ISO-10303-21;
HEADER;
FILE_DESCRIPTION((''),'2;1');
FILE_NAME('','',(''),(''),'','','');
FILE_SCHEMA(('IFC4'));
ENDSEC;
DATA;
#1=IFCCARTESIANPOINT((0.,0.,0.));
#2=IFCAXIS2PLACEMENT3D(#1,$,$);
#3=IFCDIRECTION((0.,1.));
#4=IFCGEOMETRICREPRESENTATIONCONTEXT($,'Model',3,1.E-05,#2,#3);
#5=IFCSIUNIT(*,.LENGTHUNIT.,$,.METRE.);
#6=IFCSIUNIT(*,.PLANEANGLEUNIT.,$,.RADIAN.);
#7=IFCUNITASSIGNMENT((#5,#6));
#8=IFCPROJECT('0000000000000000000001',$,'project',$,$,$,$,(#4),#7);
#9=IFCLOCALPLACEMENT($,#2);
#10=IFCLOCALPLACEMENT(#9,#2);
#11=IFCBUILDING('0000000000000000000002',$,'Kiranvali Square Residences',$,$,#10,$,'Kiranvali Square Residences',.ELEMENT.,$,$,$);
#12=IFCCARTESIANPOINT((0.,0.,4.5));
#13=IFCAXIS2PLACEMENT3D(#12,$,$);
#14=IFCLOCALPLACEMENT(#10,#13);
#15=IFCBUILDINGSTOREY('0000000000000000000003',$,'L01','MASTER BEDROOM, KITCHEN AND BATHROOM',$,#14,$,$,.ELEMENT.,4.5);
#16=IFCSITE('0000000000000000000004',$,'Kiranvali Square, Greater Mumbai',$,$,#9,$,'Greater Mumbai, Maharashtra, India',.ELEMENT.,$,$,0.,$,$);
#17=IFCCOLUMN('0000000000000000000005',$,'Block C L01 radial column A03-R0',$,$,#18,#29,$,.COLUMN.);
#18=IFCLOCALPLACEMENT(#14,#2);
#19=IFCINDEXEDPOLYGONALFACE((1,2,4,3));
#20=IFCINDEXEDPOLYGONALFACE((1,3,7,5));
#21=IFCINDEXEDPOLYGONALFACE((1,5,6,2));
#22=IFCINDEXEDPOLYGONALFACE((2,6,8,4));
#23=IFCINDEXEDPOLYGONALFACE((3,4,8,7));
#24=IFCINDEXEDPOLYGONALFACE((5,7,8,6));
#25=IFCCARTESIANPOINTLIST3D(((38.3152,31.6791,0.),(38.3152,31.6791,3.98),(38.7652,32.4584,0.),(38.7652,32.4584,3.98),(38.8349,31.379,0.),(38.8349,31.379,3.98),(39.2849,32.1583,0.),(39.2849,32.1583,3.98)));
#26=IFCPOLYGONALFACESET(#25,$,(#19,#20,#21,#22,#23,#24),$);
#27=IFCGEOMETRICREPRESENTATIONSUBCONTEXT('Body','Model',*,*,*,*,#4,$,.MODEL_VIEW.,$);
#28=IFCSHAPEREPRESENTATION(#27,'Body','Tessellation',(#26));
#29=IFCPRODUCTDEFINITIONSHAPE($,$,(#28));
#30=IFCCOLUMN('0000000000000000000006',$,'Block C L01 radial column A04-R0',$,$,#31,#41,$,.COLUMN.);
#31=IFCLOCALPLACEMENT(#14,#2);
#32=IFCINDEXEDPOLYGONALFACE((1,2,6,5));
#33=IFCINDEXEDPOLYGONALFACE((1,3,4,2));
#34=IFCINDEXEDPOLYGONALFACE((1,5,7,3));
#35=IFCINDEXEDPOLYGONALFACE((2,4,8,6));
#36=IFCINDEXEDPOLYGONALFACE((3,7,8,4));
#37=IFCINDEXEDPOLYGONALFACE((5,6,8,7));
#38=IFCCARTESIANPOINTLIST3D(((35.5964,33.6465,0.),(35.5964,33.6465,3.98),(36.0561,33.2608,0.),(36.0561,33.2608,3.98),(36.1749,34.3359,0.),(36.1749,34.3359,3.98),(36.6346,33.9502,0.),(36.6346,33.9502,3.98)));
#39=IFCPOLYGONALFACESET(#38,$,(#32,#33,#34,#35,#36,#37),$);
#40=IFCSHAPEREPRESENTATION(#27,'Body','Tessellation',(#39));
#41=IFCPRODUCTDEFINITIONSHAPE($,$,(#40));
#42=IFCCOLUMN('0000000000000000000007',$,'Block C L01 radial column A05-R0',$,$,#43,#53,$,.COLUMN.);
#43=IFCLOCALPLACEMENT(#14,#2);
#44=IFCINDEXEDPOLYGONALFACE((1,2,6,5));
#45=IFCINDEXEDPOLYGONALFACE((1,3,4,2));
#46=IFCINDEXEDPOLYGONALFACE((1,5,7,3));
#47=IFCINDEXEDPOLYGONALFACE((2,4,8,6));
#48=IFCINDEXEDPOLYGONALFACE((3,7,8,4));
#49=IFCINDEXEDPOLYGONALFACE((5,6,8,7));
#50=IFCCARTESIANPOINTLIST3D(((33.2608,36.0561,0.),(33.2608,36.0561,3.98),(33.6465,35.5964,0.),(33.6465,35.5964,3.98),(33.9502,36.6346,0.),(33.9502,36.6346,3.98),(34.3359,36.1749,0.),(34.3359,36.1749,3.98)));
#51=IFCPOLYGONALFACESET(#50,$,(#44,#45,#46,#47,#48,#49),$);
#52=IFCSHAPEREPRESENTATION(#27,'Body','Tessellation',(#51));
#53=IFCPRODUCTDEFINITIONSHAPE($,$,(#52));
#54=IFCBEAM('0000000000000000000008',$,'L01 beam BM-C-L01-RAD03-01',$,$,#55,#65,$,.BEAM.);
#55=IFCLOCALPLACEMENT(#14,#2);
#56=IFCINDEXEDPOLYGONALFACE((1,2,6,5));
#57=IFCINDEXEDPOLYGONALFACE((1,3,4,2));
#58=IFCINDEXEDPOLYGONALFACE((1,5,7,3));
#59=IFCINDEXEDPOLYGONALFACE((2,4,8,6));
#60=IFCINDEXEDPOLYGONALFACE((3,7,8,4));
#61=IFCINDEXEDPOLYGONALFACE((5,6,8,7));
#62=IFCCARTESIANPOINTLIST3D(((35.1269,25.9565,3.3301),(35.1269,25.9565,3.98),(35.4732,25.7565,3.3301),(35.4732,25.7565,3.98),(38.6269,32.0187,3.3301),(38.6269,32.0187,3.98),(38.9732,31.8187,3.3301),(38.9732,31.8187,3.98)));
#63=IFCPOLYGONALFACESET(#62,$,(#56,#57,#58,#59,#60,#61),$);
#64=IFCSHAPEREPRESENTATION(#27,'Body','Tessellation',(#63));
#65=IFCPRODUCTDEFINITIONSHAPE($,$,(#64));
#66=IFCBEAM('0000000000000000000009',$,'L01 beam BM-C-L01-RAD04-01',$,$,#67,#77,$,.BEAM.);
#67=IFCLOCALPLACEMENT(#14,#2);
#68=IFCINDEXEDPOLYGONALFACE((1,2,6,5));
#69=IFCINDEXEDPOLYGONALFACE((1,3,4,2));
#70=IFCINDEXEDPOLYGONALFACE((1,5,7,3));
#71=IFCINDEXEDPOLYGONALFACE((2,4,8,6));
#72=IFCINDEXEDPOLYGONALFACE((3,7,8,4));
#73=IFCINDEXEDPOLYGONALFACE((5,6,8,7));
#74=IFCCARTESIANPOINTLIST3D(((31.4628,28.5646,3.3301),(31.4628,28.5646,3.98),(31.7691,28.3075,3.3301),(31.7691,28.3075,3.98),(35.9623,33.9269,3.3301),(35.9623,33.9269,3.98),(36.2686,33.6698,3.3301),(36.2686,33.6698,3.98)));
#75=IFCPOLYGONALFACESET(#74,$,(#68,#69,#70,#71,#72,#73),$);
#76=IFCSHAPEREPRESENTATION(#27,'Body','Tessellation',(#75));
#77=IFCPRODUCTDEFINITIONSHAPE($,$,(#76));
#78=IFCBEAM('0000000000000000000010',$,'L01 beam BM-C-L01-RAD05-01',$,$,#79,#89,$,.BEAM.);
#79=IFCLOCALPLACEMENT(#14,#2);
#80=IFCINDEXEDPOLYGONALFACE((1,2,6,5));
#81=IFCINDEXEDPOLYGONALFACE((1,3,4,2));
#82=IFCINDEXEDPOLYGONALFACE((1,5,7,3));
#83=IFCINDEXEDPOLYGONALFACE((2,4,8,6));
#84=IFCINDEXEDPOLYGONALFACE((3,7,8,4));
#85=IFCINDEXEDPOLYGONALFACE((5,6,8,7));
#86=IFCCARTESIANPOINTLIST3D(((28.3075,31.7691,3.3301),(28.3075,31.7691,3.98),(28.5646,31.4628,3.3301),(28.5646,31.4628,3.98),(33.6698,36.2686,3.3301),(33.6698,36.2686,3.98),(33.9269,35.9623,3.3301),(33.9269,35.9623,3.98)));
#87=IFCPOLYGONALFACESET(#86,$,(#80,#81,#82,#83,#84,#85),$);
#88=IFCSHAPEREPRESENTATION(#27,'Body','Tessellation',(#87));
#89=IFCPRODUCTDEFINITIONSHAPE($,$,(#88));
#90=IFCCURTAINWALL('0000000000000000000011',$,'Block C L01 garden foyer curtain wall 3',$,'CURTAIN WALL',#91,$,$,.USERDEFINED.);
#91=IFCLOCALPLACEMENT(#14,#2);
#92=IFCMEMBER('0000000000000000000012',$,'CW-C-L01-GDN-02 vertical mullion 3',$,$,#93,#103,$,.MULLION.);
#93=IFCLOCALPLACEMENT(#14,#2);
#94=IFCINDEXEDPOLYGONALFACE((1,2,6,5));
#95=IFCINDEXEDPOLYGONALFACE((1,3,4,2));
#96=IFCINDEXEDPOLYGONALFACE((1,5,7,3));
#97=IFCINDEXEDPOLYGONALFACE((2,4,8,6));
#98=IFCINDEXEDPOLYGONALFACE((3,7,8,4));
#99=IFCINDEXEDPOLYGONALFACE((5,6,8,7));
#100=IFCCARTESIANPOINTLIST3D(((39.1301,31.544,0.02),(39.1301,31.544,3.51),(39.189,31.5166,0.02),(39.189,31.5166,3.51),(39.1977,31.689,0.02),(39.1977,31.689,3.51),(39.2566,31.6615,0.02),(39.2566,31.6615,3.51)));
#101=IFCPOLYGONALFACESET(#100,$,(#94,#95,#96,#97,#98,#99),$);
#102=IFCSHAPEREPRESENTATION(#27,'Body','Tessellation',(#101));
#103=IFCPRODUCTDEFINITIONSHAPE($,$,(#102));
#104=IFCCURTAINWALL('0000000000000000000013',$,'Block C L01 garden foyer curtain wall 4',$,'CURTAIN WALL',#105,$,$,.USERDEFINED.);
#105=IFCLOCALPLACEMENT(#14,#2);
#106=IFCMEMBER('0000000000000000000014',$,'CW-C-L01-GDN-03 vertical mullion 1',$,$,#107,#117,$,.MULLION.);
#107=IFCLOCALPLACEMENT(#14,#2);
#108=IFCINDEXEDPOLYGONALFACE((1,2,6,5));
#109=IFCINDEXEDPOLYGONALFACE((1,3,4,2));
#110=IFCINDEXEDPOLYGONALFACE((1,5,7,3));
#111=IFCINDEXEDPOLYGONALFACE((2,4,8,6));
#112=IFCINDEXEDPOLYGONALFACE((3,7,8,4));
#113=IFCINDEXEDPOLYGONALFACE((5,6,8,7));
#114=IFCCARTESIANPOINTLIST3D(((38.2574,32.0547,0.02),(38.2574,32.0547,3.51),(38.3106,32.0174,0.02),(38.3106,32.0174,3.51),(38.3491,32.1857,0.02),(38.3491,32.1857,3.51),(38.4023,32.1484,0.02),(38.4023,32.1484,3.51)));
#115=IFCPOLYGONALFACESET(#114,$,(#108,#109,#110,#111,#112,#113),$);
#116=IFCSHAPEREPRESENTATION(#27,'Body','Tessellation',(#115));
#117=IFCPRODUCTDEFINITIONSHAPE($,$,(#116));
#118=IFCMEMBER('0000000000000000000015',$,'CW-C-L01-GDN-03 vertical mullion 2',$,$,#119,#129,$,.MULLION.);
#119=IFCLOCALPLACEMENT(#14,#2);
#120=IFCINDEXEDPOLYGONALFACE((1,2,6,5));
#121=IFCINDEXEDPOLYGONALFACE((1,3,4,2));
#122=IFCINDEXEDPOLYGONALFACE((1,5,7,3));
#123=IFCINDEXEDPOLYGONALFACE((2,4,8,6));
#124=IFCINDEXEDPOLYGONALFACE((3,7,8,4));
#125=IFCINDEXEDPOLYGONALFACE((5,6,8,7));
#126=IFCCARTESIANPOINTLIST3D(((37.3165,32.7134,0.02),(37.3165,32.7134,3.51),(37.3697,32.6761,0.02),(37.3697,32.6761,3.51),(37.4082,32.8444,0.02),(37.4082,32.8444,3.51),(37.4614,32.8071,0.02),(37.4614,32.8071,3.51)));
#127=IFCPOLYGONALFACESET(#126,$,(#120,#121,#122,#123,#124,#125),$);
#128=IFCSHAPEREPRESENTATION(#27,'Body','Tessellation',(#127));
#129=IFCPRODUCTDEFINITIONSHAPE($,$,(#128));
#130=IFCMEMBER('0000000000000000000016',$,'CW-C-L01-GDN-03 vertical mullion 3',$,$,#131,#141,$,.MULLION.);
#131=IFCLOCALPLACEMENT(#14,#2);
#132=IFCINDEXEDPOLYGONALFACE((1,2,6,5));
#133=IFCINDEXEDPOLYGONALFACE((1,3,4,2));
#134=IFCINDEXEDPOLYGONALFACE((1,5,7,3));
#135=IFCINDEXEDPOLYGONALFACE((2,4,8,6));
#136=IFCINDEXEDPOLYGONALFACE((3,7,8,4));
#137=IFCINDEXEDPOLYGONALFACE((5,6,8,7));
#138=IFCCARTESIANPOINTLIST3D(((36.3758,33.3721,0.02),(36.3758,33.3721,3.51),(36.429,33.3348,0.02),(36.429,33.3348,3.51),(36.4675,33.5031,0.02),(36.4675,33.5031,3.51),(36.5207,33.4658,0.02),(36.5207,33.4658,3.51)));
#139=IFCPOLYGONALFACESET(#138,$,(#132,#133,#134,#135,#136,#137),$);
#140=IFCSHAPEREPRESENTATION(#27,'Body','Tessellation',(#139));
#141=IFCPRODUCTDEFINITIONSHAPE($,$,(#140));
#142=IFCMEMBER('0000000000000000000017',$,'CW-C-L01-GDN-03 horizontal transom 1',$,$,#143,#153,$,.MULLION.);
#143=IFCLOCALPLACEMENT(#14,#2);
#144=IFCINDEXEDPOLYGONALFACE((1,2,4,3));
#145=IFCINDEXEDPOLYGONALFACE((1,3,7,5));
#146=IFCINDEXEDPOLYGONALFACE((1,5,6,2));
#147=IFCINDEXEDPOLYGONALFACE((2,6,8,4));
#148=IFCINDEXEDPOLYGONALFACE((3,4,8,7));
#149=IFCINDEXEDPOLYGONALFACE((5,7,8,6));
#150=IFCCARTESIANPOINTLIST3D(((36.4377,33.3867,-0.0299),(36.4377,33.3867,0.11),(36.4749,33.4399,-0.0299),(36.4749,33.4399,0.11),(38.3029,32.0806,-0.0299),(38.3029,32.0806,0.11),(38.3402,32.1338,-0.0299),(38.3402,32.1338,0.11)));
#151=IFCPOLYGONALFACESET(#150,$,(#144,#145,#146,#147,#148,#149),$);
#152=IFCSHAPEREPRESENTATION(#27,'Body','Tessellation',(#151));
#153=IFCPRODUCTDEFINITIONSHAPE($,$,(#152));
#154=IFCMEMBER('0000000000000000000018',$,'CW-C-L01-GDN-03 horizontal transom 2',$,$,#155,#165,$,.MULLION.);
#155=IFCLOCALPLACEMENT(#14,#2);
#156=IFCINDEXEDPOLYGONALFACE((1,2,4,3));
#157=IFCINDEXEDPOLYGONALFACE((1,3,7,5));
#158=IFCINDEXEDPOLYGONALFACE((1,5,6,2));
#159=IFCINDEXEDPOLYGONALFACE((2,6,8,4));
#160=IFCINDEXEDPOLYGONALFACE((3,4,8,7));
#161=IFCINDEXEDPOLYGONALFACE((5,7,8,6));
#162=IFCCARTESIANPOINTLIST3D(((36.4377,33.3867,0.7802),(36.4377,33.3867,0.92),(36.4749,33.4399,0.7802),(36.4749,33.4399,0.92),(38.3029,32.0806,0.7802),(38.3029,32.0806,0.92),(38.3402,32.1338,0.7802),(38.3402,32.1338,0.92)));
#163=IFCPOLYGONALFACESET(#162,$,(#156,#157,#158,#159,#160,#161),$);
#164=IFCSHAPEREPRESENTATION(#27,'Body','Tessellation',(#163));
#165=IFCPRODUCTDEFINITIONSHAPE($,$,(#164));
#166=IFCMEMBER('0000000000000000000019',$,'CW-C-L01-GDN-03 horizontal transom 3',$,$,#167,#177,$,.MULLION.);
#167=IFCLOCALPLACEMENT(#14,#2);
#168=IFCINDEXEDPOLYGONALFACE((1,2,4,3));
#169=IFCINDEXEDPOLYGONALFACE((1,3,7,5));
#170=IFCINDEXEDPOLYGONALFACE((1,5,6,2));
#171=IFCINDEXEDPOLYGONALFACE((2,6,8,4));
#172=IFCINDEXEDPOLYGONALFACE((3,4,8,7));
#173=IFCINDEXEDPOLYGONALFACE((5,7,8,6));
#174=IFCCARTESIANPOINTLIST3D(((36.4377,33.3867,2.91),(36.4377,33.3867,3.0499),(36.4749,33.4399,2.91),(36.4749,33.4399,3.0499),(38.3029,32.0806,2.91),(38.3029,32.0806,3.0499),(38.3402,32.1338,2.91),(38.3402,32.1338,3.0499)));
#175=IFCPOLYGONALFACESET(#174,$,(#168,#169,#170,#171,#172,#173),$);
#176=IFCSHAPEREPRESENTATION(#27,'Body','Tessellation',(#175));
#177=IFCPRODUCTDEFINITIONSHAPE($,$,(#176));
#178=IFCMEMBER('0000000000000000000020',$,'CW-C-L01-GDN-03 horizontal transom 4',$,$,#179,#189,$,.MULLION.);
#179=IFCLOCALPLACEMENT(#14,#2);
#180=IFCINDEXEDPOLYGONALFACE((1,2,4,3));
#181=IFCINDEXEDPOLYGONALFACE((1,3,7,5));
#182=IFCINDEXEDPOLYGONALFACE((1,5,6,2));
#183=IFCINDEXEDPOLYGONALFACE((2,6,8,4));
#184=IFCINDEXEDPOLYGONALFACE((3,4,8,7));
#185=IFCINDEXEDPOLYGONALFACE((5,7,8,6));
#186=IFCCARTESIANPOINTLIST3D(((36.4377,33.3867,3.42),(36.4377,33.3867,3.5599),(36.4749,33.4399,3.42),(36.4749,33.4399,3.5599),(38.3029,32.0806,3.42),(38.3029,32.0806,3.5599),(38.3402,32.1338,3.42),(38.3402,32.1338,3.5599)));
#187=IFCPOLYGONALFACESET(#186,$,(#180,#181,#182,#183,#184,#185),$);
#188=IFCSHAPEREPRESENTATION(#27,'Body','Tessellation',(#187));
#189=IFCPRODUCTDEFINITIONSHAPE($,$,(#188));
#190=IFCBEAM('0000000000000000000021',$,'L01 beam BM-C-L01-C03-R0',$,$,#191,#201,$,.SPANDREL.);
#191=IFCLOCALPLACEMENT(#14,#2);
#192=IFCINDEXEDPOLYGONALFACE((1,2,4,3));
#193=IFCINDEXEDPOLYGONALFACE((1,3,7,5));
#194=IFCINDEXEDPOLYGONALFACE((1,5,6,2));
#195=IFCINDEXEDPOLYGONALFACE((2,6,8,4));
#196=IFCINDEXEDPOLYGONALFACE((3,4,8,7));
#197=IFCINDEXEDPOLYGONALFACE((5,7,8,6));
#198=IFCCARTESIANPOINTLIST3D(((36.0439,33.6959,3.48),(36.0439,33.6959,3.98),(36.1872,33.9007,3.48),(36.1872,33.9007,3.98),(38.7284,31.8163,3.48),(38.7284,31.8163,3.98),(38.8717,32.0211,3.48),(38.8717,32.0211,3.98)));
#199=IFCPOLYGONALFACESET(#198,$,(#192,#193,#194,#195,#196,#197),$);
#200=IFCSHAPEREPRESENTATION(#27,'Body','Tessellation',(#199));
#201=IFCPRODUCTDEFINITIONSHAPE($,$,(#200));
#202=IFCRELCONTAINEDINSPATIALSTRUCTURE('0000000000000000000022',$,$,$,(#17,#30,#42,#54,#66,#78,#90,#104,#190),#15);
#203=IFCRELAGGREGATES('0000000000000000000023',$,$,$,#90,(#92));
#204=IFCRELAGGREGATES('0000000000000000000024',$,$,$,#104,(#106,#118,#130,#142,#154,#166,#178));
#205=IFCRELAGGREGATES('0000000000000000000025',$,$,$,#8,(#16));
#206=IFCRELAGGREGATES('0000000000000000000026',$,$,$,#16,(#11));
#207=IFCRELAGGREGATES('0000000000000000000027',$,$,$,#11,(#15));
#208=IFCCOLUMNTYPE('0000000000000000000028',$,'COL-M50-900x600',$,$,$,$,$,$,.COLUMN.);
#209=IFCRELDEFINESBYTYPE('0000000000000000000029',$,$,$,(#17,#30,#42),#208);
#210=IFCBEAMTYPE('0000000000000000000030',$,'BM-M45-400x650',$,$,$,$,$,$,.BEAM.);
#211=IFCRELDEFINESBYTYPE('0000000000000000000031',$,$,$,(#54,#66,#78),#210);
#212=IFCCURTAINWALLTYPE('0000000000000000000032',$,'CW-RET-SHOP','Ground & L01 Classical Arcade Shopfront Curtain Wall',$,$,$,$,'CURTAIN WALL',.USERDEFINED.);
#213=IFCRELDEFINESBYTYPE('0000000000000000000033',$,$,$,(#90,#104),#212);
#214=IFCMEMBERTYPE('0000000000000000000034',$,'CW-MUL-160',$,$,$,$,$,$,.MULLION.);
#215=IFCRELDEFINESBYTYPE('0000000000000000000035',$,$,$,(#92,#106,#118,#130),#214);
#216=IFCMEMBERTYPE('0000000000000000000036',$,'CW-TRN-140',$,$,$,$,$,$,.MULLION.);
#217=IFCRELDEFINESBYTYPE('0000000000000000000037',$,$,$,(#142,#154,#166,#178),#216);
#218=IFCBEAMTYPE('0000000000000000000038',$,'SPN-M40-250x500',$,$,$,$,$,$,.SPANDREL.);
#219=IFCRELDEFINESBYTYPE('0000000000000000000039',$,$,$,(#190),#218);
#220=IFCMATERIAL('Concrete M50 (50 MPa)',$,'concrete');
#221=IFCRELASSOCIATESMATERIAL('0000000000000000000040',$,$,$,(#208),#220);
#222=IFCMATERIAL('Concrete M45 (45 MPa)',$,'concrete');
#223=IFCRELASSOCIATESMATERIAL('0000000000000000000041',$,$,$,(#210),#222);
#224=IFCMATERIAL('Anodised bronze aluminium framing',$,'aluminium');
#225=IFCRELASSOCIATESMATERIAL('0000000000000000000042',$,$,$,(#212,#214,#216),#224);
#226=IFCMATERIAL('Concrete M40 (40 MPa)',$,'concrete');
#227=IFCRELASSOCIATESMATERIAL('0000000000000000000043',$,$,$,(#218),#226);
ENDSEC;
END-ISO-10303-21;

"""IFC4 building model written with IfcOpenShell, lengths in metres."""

from ifc_helpers import new_model, si_unit, direction, frame, origin, origin_2d, place, context, subcontext, project, spatial, rectangle, extrude, material, material_profile, profile_set, type_object, element, aggregate, save


model = new_model("IFC4")

# Units and contexts
model_context = context("Model", 3, precision=1e-05, world=origin(), true_north=direction((0.0, 1.0)))
body_context = subcontext(model_context, "Body", "Model", "MODEL_VIEW")
ifc_project = project(units=[si_unit("LENGTHUNIT", "METRE"), si_unit("PLANEANGLEUNIT", "RADIAN")], contexts=[model_context])

# Site, building, storey
site_placement = place(None, origin())
site = spatial("IfcSite", under=ifc_project, at=site_placement, Name="Kiranvali Square, Greater Mumbai", LongName="Greater Mumbai, Maharashtra, India", CompositionType="ELEMENT", RefElevation=0.0)
building_placement = place(site_placement, origin())
building = spatial("IfcBuilding", under=site, at=building_placement, Name="Kiranvali Square Residences", LongName="Kiranvali Square Residences", CompositionType="ELEMENT")
storey_placement = place(building_placement, frame((0.0, 0.0, 4.5)))
storey = spatial("IfcBuildingStorey", under=building, at=storey_placement, Name="L01", Description="MASTER BEDROOM, KITCHEN AND BATHROOM", CompositionType="ELEMENT", Elevation=4.5)

# Columns
ifc_material_1 = material(Name="Concrete M50 (50 MPa)", Category="concrete")
ifc_material_profile_1 = material_profile(ifc_material_1, rectangle(XDim=0.6001, YDim=0.8999, at=origin_2d()), Name="RC 900x600")
ifc_profile_set_1 = profile_set([ifc_material_profile_1], Name="Concrete M50 (50 MPa)")
column_type = type_object("IfcColumnType", Name="COL-M50-900x600", PredefinedType="COLUMN", material=ifc_profile_set_1)
for number, where, z_axis, x_axis, name in (
    (1, (38.8, 31.9187, 0.0), (0.0, 0.0, 1.0), (-0.866025, 0.5, 0.0), "Block C L01 radial column A03-R0"),
    (2, (36.1155, 33.7983, 0.0), (0.0, 0.0, 1.0), (-0.766044, 0.642788, 0.0), "Block C L01 radial column A04-R0"),
    (3, (33.7983, 36.1155, 0.0), (0.0, 0.0, 1.0), (-0.642788, 0.766044, 0.0), "Block C L01 radial column A05-R0"),
):
    element("IfcColumn", number, at=place(storey_placement, frame(where, z_axis=z_axis, x_axis=x_axis)), inside=storey, type_object=column_type, Name=name, PredefinedType="COLUMN", context=body_context, shape_type="SweptSolid", body=[
        extrude(rectangle(XDim=0.6001, YDim=0.8999, at=origin_2d()), origin(), (0.0, 0.0, 1.0), 3.98),
    ])

# Beams
ifc_material_2 = material(Name="Concrete M45 (45 MPa)", Category="concrete")
ifc_material_profile_2 = material_profile(ifc_material_2, rectangle(XDim=0.3999, YDim=0.6499, at=origin_2d()), Name="RC 400x650")
ifc_profile_set_2 = profile_set([ifc_material_profile_2], Name="Concrete M45 (45 MPa)")
beam_type_1 = type_object("IfcBeamType", Name="BM-M45-400x650", PredefinedType="BEAM", material=ifc_profile_set_2)
for number, where, z_axis, x_axis, name in (
    (4, (38.8, 31.9187, 3.655), (-0.499995, -0.866028, 0.0), (0.866028, -0.499995, 0.0), "L01 beam BM-C-L01-RAD03-01"),
    (5, (36.1155, 33.7983, 3.655), (-0.642788, -0.766044, 0.0), (0.766044, -0.642788, 0.0), "L01 beam BM-C-L01-RAD04-01"),
    (6, (33.7983, 36.1155, 3.655), (-0.766044, -0.642788, 0.0), (0.642788, -0.766044, 0.0), "L01 beam BM-C-L01-RAD05-01"),
):
    element("IfcBeam", number, at=place(storey_placement, frame(where, z_axis=z_axis, x_axis=x_axis)), inside=storey, type_object=beam_type_1, Name=name, PredefinedType="BEAM", context=body_context, shape_type="SweptSolid", body=[
        extrude(rectangle(XDim=0.3999, YDim=0.6499, at=origin_2d()), origin(), (0.0, 0.0, 1.0), 7.0),
    ])

# Curtain wall, member
ifc_material_3 = material(Name="Anodised bronze aluminium framing", Category="aluminium")
curtain_wall_type = type_object("IfcCurtainWallType", Name="CW-RET-SHOP", Description="Ground & L01 Classical Arcade Shopfront Curtain Wall", ElementType="CURTAIN WALL", PredefinedType="USERDEFINED", material=ifc_material_3)
curtain_wall_1_placement = place(storey_placement, origin())
curtain_wall_1 = element("IfcCurtainWall", 7, at=curtain_wall_1_placement, inside=storey, type_object=curtain_wall_type, Name="Block C L01 garden foyer curtain wall 3", ObjectType="CURTAIN WALL", PredefinedType="USERDEFINED")
ifc_material_profile_3 = material_profile(ifc_material_3, rectangle(XDim=0.0649, YDim=0.1599, at=origin_2d()), Name="ALU 65x160")
ifc_profile_set_3 = profile_set([ifc_material_profile_3], Name="Anodised bronze aluminium framing")
member_type_1 = type_object("IfcMemberType", Name="CW-MUL-160", PredefinedType="MULLION", material=ifc_profile_set_3)
member_1_placement = place(storey_placement, frame((39.1934, 31.6028, 0.02), z_axis=(0.0, 0.0, 1.0), x_axis=(-0.906308, 0.422618, 0.0)))
member_1 = element("IfcMember", 8, at=member_1_placement, type_object=member_type_1, Name="CW-C-L01-GDN-02 vertical mullion 3", PredefinedType="MULLION", context=body_context, shape_type="SweptSolid", body=[
    extrude(rectangle(XDim=0.0649, YDim=0.1599, at=origin_2d()), origin(), (0.0, 0.0, 1.0), 3.49),
])

# Curtain wall, members
curtain_wall_2_placement = place(storey_placement, origin())
curtain_wall_2 = element("IfcCurtainWall", 9, at=curtain_wall_2_placement, inside=storey, type_object=curtain_wall_type, Name="Block C L01 garden foyer curtain wall 4", ObjectType="CURTAIN WALL", PredefinedType="USERDEFINED")
member_2_placement = place(storey_placement, frame((38.3298, 32.1016, 0.02), z_axis=(0.0, 0.0, 1.0), x_axis=(-0.819152, 0.573576, 0.0)))
member_2 = element("IfcMember", 10, at=member_2_placement, type_object=member_type_1, Name="CW-C-L01-GDN-03 vertical mullion 1", PredefinedType="MULLION", context=body_context, shape_type="SweptSolid", body=[
    extrude(rectangle(XDim=0.0649, YDim=0.1599, at=origin_2d()), origin(), (0.0, 0.0, 1.0), 3.49),
])
member_3_placement = place(storey_placement, frame((37.3889, 32.7603, 0.02), z_axis=(0.0, 0.0, 1.0), x_axis=(-0.819152, 0.573576, 0.0)))
member_3 = element("IfcMember", 11, at=member_3_placement, type_object=member_type_1, Name="CW-C-L01-GDN-03 vertical mullion 2", PredefinedType="MULLION", context=body_context, shape_type="SweptSolid", body=[
    extrude(rectangle(XDim=0.0649, YDim=0.1599, at=origin_2d()), origin(), (0.0, 0.0, 1.0), 3.49),
])
member_4_placement = place(storey_placement, frame((36.4482, 33.4189, 0.02), z_axis=(0.0, 0.0, 1.0), x_axis=(-0.819152, 0.573576, 0.0)))
member_4 = element("IfcMember", 12, at=member_4_placement, type_object=member_type_1, Name="CW-C-L01-GDN-03 vertical mullion 3", PredefinedType="MULLION", context=body_context, shape_type="SweptSolid", body=[
    extrude(rectangle(XDim=0.0649, YDim=0.1599, at=origin_2d()), origin(), (0.0, 0.0, 1.0), 3.49),
])
ifc_material_profile_4 = material_profile(ifc_material_3, rectangle(XDim=0.0649, YDim=0.1399, at=origin_2d()), Name="ALU 65x140")
ifc_profile_set_4 = profile_set([ifc_material_profile_4], Name="Anodised bronze aluminium framing")
member_type_2 = type_object("IfcMemberType", Name="CW-TRN-140", PredefinedType="MULLION", material=ifc_profile_set_4)
member_5_placement = place(storey_placement, frame((38.3215, 32.1072, 0.04), z_axis=(-0.819131, 0.573606, 0.0), x_axis=(-0.573606, -0.819131, 0.0)))
member_5 = element("IfcMember", 13, at=member_5_placement, type_object=member_type_2, Name="CW-C-L01-GDN-03 horizontal transom 1", PredefinedType="MULLION", context=body_context, shape_type="SweptSolid", body=[
    extrude(rectangle(XDim=0.0649, YDim=0.1399, at=origin_2d()), origin(), (0.0, 0.0, 1.0), 2.2771),
])
member_6_placement = place(storey_placement, frame((38.3215, 32.1072, 0.8501), z_axis=(-0.819131, 0.573606, 0.0), x_axis=(-0.573606, -0.819131, 0.0)))
member_6 = element("IfcMember", 14, at=member_6_placement, type_object=member_type_2, Name="CW-C-L01-GDN-03 horizontal transom 2", PredefinedType="MULLION", context=body_context, shape_type="SweptSolid", body=[
    extrude(rectangle(XDim=0.0649, YDim=0.1399, at=origin_2d()), origin(), (0.0, 0.0, 1.0), 2.2771),
])
member_7_placement = place(storey_placement, frame((38.3215, 32.1072, 2.98), z_axis=(-0.819131, 0.573606, 0.0), x_axis=(-0.573606, -0.819131, 0.0)))
member_7 = element("IfcMember", 15, at=member_7_placement, type_object=member_type_2, Name="CW-C-L01-GDN-03 horizontal transom 3", PredefinedType="MULLION", context=body_context, shape_type="SweptSolid", body=[
    extrude(rectangle(XDim=0.0649, YDim=0.1399, at=origin_2d()), origin(), (0.0, 0.0, 1.0), 2.2771),
])
member_8_placement = place(storey_placement, frame((38.3215, 32.1072, 3.49), z_axis=(-0.819131, 0.573606, 0.0), x_axis=(-0.573606, -0.819131, 0.0)))
member_8 = element("IfcMember", 16, at=member_8_placement, type_object=member_type_2, Name="CW-C-L01-GDN-03 horizontal transom 4", PredefinedType="MULLION", context=body_context, shape_type="SweptSolid", body=[
    extrude(rectangle(XDim=0.0649, YDim=0.1399, at=origin_2d()), origin(), (0.0, 0.0, 1.0), 2.2771),
])

# Beam
ifc_material_4 = material(Name="Concrete M40 (40 MPa)", Category="concrete")
ifc_material_profile_5 = material_profile(ifc_material_4, rectangle(XDim=0.25, YDim=0.5, at=origin_2d()), Name="RC 250x500")
ifc_profile_set_5 = profile_set([ifc_material_profile_5], Name="Concrete M40 (40 MPa)")
beam_type_2 = type_object("IfcBeamType", Name="SPN-M40-250x500", PredefinedType="SPANDREL", material=ifc_profile_set_5)
beam_1_placement = place(storey_placement, frame((38.8, 31.9187, 3.73), z_axis=(-0.819169, 0.573552, 0.0), x_axis=(-0.573552, -0.819169, 0.0)))
element("IfcBeam", 17, at=beam_1_placement, inside=storey, type_object=beam_type_2, Name="L01 beam BM-C-L01-C03-R0", PredefinedType="SPANDREL", context=body_context, shape_type="SweptSolid", body=[
    extrude(rectangle(XDim=0.25, YDim=0.5, at=origin_2d()), origin(), (0.0, 0.0, 1.0), 3.2771),
])

aggregate(curtain_wall_1, [member_1])
aggregate(curtain_wall_2, [member_2, member_3, member_4, member_5, member_6, member_7, member_8])

save(model, "model.ifc")
